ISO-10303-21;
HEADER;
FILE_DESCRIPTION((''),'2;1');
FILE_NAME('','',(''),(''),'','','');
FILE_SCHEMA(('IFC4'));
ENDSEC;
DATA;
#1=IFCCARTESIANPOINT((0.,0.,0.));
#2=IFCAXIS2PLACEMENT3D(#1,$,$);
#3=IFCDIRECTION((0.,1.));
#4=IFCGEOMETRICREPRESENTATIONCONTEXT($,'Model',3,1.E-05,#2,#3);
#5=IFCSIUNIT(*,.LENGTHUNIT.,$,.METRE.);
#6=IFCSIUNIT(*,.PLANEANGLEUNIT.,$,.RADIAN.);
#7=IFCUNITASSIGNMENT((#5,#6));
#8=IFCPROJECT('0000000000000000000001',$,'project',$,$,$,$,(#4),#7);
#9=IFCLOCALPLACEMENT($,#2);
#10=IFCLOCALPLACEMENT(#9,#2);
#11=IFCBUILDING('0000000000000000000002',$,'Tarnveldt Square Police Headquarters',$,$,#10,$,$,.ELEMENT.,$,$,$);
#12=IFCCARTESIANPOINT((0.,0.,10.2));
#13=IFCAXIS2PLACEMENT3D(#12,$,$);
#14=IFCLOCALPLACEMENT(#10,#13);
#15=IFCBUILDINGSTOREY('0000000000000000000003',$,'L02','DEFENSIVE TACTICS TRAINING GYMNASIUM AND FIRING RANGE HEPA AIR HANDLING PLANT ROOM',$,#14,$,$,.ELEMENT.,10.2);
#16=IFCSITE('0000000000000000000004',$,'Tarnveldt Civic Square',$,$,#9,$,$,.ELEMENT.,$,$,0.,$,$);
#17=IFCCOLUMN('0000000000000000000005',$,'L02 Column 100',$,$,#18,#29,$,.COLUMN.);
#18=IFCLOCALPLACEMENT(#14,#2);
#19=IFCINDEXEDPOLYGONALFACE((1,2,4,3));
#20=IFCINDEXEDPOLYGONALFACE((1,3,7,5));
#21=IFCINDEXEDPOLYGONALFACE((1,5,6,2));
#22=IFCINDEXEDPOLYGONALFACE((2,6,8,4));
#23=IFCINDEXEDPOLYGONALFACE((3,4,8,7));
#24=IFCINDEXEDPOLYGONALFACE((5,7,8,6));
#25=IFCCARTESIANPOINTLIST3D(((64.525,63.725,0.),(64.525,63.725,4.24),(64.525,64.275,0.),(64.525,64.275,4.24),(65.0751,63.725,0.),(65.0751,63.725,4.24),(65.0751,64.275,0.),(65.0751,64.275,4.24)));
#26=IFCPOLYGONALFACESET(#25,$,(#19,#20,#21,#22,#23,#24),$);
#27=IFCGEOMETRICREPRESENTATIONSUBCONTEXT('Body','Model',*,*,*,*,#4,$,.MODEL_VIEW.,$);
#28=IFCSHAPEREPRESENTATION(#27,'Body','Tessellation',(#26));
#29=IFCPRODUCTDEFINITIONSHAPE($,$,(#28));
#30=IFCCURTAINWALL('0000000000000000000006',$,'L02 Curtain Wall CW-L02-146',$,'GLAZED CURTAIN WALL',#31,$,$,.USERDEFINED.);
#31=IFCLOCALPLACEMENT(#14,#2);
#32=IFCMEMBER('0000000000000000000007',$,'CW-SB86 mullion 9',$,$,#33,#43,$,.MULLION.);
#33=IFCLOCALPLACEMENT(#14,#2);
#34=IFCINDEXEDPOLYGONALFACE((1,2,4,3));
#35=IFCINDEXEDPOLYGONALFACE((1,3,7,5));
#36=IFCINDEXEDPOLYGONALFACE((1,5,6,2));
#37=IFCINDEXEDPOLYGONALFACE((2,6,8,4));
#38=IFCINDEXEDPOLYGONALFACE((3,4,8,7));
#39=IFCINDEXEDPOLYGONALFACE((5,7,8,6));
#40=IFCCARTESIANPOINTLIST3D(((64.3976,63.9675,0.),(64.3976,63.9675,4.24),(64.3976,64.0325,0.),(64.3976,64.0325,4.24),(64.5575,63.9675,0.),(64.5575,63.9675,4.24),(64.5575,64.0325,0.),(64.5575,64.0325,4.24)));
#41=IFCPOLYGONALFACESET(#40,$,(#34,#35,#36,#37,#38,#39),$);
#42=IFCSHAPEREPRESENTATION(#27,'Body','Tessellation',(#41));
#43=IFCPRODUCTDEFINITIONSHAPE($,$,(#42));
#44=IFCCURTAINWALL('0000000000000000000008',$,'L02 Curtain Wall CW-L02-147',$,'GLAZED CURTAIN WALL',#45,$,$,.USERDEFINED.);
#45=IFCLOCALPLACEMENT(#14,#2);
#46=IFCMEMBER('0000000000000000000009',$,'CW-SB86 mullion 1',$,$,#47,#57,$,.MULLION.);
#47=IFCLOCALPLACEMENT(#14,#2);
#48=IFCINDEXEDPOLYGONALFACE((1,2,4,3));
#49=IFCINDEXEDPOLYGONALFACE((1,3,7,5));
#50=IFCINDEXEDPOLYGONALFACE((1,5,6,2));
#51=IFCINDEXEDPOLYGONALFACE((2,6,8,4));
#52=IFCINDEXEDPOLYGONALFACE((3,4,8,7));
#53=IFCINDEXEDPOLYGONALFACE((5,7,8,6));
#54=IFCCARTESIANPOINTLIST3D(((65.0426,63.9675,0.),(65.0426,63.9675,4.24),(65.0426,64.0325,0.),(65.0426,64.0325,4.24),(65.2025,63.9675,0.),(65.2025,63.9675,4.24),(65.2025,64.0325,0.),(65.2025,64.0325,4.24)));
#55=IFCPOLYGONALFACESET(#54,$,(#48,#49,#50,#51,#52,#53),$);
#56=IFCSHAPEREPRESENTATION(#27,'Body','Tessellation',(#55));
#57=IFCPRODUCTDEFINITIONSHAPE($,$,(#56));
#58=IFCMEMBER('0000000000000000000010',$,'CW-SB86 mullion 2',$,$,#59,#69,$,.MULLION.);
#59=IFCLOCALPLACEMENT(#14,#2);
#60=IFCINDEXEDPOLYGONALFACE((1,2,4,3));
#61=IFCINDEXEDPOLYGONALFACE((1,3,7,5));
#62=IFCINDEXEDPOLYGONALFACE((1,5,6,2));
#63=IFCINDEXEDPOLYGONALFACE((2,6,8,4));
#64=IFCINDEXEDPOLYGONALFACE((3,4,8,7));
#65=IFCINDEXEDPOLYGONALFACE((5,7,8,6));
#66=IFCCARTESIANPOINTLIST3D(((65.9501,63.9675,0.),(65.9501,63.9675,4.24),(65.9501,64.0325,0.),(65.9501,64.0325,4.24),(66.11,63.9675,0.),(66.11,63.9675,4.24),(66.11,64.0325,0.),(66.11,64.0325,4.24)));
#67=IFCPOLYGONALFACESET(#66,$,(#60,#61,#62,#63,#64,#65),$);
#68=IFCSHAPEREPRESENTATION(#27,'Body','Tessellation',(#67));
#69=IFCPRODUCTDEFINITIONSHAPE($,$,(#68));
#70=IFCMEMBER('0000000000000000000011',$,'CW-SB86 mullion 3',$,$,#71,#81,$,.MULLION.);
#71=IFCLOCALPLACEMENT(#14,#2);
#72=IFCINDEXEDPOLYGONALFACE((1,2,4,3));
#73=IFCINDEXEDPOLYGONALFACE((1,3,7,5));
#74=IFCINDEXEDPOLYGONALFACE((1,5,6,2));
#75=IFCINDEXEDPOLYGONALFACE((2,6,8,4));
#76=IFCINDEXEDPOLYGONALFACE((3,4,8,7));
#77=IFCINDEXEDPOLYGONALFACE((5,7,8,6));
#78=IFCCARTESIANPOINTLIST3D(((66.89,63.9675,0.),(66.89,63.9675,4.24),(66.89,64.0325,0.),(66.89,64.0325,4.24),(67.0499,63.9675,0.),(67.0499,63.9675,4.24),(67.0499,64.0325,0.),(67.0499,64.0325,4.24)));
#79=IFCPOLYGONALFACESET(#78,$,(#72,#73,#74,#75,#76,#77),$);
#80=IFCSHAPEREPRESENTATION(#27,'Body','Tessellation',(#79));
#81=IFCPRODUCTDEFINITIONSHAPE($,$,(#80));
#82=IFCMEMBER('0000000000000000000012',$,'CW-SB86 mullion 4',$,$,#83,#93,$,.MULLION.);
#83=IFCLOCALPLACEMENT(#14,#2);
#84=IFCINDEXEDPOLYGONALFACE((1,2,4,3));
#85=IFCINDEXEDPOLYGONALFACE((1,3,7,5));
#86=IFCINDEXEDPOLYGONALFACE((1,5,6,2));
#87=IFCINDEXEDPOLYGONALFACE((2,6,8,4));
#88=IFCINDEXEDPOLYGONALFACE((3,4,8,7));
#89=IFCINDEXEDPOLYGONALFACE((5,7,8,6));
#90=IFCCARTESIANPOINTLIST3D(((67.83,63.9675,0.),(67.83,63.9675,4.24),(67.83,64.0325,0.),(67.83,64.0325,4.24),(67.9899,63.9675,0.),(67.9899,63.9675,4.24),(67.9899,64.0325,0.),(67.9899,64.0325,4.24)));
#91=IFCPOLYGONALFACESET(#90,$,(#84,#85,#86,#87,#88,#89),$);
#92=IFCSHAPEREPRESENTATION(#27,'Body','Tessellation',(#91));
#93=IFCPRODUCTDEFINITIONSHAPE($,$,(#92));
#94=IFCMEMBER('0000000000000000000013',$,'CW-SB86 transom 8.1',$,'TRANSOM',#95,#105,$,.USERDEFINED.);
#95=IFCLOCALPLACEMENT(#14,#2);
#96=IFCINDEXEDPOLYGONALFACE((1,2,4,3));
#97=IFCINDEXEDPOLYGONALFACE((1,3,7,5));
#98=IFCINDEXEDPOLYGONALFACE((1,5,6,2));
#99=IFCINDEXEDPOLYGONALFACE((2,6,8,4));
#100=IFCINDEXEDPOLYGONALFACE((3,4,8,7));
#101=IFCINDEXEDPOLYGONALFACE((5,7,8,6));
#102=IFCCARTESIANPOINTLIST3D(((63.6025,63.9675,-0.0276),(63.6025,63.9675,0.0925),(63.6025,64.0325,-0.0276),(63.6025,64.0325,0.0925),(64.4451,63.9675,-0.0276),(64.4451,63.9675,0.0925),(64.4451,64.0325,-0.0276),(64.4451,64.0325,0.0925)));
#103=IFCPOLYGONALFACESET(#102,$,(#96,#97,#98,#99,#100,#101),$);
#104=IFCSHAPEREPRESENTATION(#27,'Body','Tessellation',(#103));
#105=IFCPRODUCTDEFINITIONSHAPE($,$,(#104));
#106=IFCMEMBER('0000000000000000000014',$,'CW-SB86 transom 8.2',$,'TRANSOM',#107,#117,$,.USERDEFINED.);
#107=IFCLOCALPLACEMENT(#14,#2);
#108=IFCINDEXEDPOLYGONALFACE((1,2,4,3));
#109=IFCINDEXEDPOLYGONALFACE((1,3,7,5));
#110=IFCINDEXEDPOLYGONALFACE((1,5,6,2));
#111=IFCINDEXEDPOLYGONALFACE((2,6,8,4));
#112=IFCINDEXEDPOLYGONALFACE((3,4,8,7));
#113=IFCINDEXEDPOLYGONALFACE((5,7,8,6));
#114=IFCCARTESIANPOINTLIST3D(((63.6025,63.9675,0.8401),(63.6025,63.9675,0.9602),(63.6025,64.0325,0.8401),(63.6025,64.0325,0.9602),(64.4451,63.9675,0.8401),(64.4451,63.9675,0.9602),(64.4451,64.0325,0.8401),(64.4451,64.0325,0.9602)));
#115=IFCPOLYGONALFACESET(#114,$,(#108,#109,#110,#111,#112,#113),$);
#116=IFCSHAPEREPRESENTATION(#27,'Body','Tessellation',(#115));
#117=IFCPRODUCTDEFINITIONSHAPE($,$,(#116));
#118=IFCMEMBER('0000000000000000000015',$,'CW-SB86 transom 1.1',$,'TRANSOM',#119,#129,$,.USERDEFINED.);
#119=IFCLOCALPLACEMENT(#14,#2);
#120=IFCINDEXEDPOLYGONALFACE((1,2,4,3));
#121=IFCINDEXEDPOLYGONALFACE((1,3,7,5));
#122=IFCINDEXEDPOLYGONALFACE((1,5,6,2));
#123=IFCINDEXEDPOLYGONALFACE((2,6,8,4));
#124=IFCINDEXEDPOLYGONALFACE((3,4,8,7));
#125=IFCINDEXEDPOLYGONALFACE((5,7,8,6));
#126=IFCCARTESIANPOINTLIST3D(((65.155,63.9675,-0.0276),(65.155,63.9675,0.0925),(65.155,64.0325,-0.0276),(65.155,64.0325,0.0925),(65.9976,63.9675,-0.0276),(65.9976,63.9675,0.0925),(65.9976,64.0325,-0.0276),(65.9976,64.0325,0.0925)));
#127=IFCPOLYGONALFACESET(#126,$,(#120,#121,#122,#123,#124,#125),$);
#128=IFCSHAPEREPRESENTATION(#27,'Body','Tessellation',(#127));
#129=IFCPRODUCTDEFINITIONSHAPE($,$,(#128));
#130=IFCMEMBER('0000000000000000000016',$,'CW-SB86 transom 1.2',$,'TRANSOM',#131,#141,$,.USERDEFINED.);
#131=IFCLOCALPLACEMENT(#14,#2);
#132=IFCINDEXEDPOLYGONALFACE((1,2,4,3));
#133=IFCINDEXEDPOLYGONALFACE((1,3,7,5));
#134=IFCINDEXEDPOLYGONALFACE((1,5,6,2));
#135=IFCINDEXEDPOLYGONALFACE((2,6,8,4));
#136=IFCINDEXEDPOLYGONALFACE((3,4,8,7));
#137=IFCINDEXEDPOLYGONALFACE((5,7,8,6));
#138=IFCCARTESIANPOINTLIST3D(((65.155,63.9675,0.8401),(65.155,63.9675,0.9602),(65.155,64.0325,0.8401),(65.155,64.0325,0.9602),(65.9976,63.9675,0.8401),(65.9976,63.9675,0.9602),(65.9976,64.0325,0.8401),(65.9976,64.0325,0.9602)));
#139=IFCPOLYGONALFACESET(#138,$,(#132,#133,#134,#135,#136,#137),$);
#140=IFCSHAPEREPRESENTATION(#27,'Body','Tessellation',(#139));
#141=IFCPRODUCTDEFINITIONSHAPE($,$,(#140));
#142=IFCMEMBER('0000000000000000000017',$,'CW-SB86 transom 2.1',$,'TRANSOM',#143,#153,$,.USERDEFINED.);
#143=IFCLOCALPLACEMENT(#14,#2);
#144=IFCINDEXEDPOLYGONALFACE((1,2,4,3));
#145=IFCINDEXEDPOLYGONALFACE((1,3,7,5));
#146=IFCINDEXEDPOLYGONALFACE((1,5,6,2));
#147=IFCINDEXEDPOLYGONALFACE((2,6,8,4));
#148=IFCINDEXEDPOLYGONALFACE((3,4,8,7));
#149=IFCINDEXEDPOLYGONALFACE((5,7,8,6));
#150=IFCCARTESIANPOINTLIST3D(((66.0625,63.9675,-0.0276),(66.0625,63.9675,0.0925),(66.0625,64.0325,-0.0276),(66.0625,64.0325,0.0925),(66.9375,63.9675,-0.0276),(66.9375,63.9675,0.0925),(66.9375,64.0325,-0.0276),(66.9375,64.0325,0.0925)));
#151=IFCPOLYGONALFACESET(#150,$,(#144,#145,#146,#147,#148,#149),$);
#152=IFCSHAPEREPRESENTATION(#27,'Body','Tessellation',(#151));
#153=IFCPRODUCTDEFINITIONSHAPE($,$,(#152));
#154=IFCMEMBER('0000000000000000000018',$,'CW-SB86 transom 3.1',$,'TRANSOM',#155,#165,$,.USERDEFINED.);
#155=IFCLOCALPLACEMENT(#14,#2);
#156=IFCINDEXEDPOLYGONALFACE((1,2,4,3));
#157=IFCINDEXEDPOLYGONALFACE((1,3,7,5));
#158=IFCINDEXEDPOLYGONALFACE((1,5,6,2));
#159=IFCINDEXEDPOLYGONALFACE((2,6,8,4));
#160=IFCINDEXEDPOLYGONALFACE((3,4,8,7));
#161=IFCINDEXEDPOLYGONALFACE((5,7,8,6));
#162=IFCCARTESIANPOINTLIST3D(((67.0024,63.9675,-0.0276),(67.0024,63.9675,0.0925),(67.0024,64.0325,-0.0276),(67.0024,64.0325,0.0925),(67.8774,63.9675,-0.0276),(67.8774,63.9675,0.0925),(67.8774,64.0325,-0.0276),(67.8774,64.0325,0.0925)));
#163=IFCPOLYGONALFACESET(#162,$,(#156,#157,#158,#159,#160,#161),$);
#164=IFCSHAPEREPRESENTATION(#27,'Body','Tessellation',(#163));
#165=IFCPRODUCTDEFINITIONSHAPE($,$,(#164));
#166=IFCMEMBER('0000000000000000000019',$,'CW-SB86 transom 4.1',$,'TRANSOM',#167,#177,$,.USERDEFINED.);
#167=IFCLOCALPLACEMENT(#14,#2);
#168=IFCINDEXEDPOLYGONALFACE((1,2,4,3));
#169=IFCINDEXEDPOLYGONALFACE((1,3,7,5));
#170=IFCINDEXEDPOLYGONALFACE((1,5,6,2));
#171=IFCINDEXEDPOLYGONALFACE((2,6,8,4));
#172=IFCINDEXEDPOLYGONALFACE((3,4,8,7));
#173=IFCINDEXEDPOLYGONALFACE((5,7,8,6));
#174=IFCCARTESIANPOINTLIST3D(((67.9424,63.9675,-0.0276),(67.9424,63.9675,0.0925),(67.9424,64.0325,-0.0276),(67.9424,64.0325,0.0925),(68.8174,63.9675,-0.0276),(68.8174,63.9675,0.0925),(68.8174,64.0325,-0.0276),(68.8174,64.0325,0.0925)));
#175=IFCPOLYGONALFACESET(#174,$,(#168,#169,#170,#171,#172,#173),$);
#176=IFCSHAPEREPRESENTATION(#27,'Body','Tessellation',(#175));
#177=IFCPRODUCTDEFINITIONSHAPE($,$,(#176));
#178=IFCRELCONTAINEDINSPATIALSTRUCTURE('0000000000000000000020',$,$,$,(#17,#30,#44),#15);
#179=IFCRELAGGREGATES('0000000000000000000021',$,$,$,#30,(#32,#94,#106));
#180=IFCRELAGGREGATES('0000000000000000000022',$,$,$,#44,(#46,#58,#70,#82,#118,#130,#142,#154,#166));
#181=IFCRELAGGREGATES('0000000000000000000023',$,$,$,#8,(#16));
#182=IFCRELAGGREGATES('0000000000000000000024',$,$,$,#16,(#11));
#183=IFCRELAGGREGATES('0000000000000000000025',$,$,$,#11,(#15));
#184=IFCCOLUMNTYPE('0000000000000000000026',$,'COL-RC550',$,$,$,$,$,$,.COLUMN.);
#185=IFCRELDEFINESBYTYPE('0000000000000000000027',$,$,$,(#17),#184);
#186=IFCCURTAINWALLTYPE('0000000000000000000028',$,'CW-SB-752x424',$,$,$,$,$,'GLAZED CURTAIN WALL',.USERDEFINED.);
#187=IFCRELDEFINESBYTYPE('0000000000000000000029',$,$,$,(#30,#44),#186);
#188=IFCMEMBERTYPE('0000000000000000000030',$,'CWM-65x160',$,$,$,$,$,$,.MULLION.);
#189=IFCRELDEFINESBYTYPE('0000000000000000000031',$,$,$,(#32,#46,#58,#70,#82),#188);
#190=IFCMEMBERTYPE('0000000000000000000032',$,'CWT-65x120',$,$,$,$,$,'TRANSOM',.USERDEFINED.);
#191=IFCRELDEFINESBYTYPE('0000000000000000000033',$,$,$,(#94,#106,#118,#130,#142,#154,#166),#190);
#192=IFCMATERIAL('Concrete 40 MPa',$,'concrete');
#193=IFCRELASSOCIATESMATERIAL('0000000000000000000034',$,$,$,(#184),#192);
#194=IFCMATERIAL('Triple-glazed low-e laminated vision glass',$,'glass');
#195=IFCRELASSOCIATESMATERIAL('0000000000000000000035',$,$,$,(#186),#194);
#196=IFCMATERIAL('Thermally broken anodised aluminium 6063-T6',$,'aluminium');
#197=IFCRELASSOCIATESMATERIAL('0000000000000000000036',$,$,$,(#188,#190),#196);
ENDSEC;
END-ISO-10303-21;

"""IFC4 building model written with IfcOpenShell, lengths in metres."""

from ifc_helpers import new_model, si_unit, direction, frame, origin, origin_2d, place, context, subcontext, project, spatial, rectangle, extrude, material, material_profile, profile_set, type_object, element, aggregate, save


model = new_model("IFC4")

# Units and contexts
model_context = context("Model", 3, precision=1e-05, world=origin(), true_north=direction((0.0, 1.0)))
body_context = subcontext(model_context, "Body", "Model", "MODEL_VIEW")
ifc_project = project(units=[si_unit("LENGTHUNIT", "METRE"), si_unit("PLANEANGLEUNIT", "RADIAN")], contexts=[model_context])

# Site, building, storey
site_placement = place(None, origin())
site = spatial("IfcSite", under=ifc_project, at=site_placement, Name="Tarnveldt Civic Square", CompositionType="ELEMENT", RefElevation=0.0)
building_placement = place(site_placement, origin())
building = spatial("IfcBuilding", under=site, at=building_placement, Name="Tarnveldt Square Police Headquarters", CompositionType="ELEMENT")
storey_placement = place(building_placement, frame((0.0, 0.0, 10.2)))
storey = spatial("IfcBuildingStorey", under=building, at=storey_placement, Name="L02", Description="DEFENSIVE TACTICS TRAINING GYMNASIUM AND FIRING RANGE HEPA AIR HANDLING PLANT ROOM", CompositionType="ELEMENT", Elevation=10.2)

# Column
ifc_material_1 = material(Name="Concrete 40 MPa", Category="concrete")
ifc_material_profile_1 = material_profile(ifc_material_1, rectangle(XDim=0.55, YDim=0.55, at=origin_2d()), Name="RC-C550x550")
ifc_profile_set_1 = profile_set([ifc_material_profile_1], Name="Concrete 40 MPa")
column_type = type_object("IfcColumnType", Name="COL-RC550", PredefinedType="COLUMN", material=ifc_profile_set_1)
column_placement = place(storey_placement, frame((64.8, 64.0, 0.0), z_axis=(0.0, 0.0, 1.0), x_axis=(1.0, 0.0, 0.0)))
element("IfcColumn", 1, at=column_placement, inside=storey, type_object=column_type, Name="L02 Column 100", PredefinedType="COLUMN", context=body_context, shape_type="SweptSolid", body=[
    extrude(rectangle(XDim=0.55, YDim=0.55, at=origin_2d()), origin(), (0.0, 0.0, 1.0), 4.24),
])

# Curtain wall, member
ifc_material_2 = material(Name="Triple-glazed low-e laminated vision glass", Category="glass")
curtain_wall_type = type_object("IfcCurtainWallType", Name="CW-SB-752x424", ElementType="GLAZED CURTAIN WALL", PredefinedType="USERDEFINED", material=ifc_material_2)
curtain_wall_1_placement = place(storey_placement, origin())
curtain_wall_1 = element("IfcCurtainWall", 2, at=curtain_wall_1_placement, inside=storey, type_object=curtain_wall_type, Name="L02 Curtain Wall CW-L02-146", ObjectType="GLAZED CURTAIN WALL", PredefinedType="USERDEFINED")
ifc_material_3 = material(Name="Thermally broken anodised aluminium 6063-T6", Category="aluminium")
ifc_material_profile_2 = material_profile(ifc_material_3, rectangle(XDim=0.0649, YDim=0.1599, at=origin_2d()), Name="CW-M65x160")
ifc_profile_set_2 = profile_set([ifc_material_profile_2], Name="Thermally broken anodised aluminium 6063-T6")
member_type_1 = type_object("IfcMemberType", Name="CWM-65x160", PredefinedType="MULLION", material=ifc_profile_set_2)
member_1_placement = place(storey_placement, frame((64.4775, 64.0, 0.0), z_axis=(0.0, 0.0, 1.0), x_axis=(0.0, 1.0, 0.0)))
member_1 = element("IfcMember", 3, at=member_1_placement, type_object=member_type_1, Name="CW-SB86 mullion 9", PredefinedType="MULLION", context=body_context, shape_type="SweptSolid", body=[
    extrude(rectangle(XDim=0.0649, YDim=0.1599, at=origin_2d()), origin(), (0.0, 0.0, 1.0), 4.24),
])

# Curtain wall, members
curtain_wall_2_placement = place(storey_placement, origin())
curtain_wall_2 = element("IfcCurtainWall", 4, at=curtain_wall_2_placement, inside=storey, type_object=curtain_wall_type, Name="L02 Curtain Wall CW-L02-147", ObjectType="GLAZED CURTAIN WALL", PredefinedType="USERDEFINED")
member_2_placement = place(storey_placement, frame((65.1226, 64.0, 0.0), z_axis=(0.0, 0.0, 1.0), x_axis=(0.0, 1.0, 0.0)))
member_2 = element("IfcMember", 5, at=member_2_placement, type_object=member_type_1, Name="CW-SB86 mullion 1", PredefinedType="MULLION", context=body_context, shape_type="SweptSolid", body=[
    extrude(rectangle(XDim=0.0649, YDim=0.1599, at=origin_2d()), origin(), (0.0, 0.0, 1.0), 4.24),
])
member_3_placement = place(storey_placement, frame((66.03, 64.0, 0.0), z_axis=(0.0, 0.0, 1.0), x_axis=(0.0, 1.0, 0.0)))
member_3 = element("IfcMember", 6, at=member_3_placement, type_object=member_type_1, Name="CW-SB86 mullion 2", PredefinedType="MULLION", context=body_context, shape_type="SweptSolid", body=[
    extrude(rectangle(XDim=0.0649, YDim=0.1599, at=origin_2d()), origin(), (0.0, 0.0, 1.0), 4.24),
])
member_4_placement = place(storey_placement, frame((66.97, 64.0, 0.0), z_axis=(0.0, 0.0, 1.0), x_axis=(0.0, 1.0, 0.0)))
member_4 = element("IfcMember", 7, at=member_4_placement, type_object=member_type_1, Name="CW-SB86 mullion 3", PredefinedType="MULLION", context=body_context, shape_type="SweptSolid", body=[
    extrude(rectangle(XDim=0.0649, YDim=0.1599, at=origin_2d()), origin(), (0.0, 0.0, 1.0), 4.24),
])
member_5_placement = place(storey_placement, frame((67.9099, 64.0, 0.0), z_axis=(0.0, 0.0, 1.0), x_axis=(0.0, 1.0, 0.0)))
member_5 = element("IfcMember", 8, at=member_5_placement, type_object=member_type_1, Name="CW-SB86 mullion 4", PredefinedType="MULLION", context=body_context, shape_type="SweptSolid", body=[
    extrude(rectangle(XDim=0.0649, YDim=0.1599, at=origin_2d()), origin(), (0.0, 0.0, 1.0), 4.24),
])

# Members
ifc_material_profile_3 = material_profile(ifc_material_3, rectangle(XDim=0.0649, YDim=0.1201, at=origin_2d()), Name="CW-T65x120")
ifc_profile_set_3 = profile_set([ifc_material_profile_3], Name="Thermally broken anodised aluminium 6063-T6")
member_type_2 = type_object("IfcMemberType", Name="CWT-65x120", ElementType="TRANSOM", PredefinedType="USERDEFINED", material=ifc_profile_set_3)
member_6_placement = place(storey_placement, frame((63.6025, 64.0, 0.0325), z_axis=(1.0, 0.0, 0.0), x_axis=(0.0, 1.0, 0.0)))
member_6 = element("IfcMember", 9, at=member_6_placement, type_object=member_type_2, Name="CW-SB86 transom 8.1", ObjectType="TRANSOM", PredefinedType="USERDEFINED", context=body_context, shape_type="SweptSolid", body=[
    extrude(rectangle(XDim=0.0649, YDim=0.1201, at=origin_2d()), origin(), (0.0, 0.0, 1.0), 0.8425),
])
member_7_placement = place(storey_placement, frame((63.6025, 64.0, 0.9001), z_axis=(1.0, 0.0, 0.0), x_axis=(0.0, 1.0, 0.0)))
member_7 = element("IfcMember", 10, at=member_7_placement, type_object=member_type_2, Name="CW-SB86 transom 8.2", ObjectType="TRANSOM", PredefinedType="USERDEFINED", context=body_context, shape_type="SweptSolid", body=[
    extrude(rectangle(XDim=0.0649, YDim=0.1201, at=origin_2d()), origin(), (0.0, 0.0, 1.0), 0.8425),
])
member_8_placement = place(storey_placement, frame((65.155, 64.0, 0.0325), z_axis=(1.0, 0.0, 0.0), x_axis=(0.0, 1.0, 0.0)))
member_8 = element("IfcMember", 11, at=member_8_placement, type_object=member_type_2, Name="CW-SB86 transom 1.1", ObjectType="TRANSOM", PredefinedType="USERDEFINED", context=body_context, shape_type="SweptSolid", body=[
    extrude(rectangle(XDim=0.0649, YDim=0.1201, at=origin_2d()), origin(), (0.0, 0.0, 1.0), 0.8425),
])
member_9_placement = place(storey_placement, frame((65.155, 64.0, 0.9001), z_axis=(1.0, 0.0, 0.0), x_axis=(0.0, 1.0, 0.0)))
member_9 = element("IfcMember", 12, at=member_9_placement, type_object=member_type_2, Name="CW-SB86 transom 1.2", ObjectType="TRANSOM", PredefinedType="USERDEFINED", context=body_context, shape_type="SweptSolid", body=[
    extrude(rectangle(XDim=0.0649, YDim=0.1201, at=origin_2d()), origin(), (0.0, 0.0, 1.0), 0.8425),
])
member_10_placement = place(storey_placement, frame((66.0625, 64.0, 0.0325), z_axis=(1.0, 0.0, 0.0), x_axis=(0.0, 1.0, 0.0)))
member_10 = element("IfcMember", 13, at=member_10_placement, type_object=member_type_2, Name="CW-SB86 transom 2.1", ObjectType="TRANSOM", PredefinedType="USERDEFINED", context=body_context, shape_type="SweptSolid", body=[
    extrude(rectangle(XDim=0.0649, YDim=0.1201, at=origin_2d()), origin(), (0.0, 0.0, 1.0), 0.875),
])
member_11_placement = place(storey_placement, frame((67.0024, 64.0, 0.0325), z_axis=(1.0, 0.0, 0.0), x_axis=(0.0, 1.0, 0.0)))
member_11 = element("IfcMember", 14, at=member_11_placement, type_object=member_type_2, Name="CW-SB86 transom 3.1", ObjectType="TRANSOM", PredefinedType="USERDEFINED", context=body_context, shape_type="SweptSolid", body=[
    extrude(rectangle(XDim=0.0649, YDim=0.1201, at=origin_2d()), origin(), (0.0, 0.0, 1.0), 0.875),
])
member_12_placement = place(storey_placement, frame((67.9424, 64.0, 0.0325), z_axis=(1.0, 0.0, 0.0), x_axis=(0.0, 1.0, 0.0)))
member_12 = element("IfcMember", 15, at=member_12_placement, type_object=member_type_2, Name="CW-SB86 transom 4.1", ObjectType="TRANSOM", PredefinedType="USERDEFINED", context=body_context, shape_type="SweptSolid", body=[
    extrude(rectangle(XDim=0.0649, YDim=0.1201, at=origin_2d()), origin(), (0.0, 0.0, 1.0), 0.875),
])

aggregate(curtain_wall_1, [member_1, member_6, member_7])
aggregate(curtain_wall_2, [member_2, member_3, member_4, member_5, member_8, member_9, member_10, member_11, member_12])

save(model, "model.ifc")
